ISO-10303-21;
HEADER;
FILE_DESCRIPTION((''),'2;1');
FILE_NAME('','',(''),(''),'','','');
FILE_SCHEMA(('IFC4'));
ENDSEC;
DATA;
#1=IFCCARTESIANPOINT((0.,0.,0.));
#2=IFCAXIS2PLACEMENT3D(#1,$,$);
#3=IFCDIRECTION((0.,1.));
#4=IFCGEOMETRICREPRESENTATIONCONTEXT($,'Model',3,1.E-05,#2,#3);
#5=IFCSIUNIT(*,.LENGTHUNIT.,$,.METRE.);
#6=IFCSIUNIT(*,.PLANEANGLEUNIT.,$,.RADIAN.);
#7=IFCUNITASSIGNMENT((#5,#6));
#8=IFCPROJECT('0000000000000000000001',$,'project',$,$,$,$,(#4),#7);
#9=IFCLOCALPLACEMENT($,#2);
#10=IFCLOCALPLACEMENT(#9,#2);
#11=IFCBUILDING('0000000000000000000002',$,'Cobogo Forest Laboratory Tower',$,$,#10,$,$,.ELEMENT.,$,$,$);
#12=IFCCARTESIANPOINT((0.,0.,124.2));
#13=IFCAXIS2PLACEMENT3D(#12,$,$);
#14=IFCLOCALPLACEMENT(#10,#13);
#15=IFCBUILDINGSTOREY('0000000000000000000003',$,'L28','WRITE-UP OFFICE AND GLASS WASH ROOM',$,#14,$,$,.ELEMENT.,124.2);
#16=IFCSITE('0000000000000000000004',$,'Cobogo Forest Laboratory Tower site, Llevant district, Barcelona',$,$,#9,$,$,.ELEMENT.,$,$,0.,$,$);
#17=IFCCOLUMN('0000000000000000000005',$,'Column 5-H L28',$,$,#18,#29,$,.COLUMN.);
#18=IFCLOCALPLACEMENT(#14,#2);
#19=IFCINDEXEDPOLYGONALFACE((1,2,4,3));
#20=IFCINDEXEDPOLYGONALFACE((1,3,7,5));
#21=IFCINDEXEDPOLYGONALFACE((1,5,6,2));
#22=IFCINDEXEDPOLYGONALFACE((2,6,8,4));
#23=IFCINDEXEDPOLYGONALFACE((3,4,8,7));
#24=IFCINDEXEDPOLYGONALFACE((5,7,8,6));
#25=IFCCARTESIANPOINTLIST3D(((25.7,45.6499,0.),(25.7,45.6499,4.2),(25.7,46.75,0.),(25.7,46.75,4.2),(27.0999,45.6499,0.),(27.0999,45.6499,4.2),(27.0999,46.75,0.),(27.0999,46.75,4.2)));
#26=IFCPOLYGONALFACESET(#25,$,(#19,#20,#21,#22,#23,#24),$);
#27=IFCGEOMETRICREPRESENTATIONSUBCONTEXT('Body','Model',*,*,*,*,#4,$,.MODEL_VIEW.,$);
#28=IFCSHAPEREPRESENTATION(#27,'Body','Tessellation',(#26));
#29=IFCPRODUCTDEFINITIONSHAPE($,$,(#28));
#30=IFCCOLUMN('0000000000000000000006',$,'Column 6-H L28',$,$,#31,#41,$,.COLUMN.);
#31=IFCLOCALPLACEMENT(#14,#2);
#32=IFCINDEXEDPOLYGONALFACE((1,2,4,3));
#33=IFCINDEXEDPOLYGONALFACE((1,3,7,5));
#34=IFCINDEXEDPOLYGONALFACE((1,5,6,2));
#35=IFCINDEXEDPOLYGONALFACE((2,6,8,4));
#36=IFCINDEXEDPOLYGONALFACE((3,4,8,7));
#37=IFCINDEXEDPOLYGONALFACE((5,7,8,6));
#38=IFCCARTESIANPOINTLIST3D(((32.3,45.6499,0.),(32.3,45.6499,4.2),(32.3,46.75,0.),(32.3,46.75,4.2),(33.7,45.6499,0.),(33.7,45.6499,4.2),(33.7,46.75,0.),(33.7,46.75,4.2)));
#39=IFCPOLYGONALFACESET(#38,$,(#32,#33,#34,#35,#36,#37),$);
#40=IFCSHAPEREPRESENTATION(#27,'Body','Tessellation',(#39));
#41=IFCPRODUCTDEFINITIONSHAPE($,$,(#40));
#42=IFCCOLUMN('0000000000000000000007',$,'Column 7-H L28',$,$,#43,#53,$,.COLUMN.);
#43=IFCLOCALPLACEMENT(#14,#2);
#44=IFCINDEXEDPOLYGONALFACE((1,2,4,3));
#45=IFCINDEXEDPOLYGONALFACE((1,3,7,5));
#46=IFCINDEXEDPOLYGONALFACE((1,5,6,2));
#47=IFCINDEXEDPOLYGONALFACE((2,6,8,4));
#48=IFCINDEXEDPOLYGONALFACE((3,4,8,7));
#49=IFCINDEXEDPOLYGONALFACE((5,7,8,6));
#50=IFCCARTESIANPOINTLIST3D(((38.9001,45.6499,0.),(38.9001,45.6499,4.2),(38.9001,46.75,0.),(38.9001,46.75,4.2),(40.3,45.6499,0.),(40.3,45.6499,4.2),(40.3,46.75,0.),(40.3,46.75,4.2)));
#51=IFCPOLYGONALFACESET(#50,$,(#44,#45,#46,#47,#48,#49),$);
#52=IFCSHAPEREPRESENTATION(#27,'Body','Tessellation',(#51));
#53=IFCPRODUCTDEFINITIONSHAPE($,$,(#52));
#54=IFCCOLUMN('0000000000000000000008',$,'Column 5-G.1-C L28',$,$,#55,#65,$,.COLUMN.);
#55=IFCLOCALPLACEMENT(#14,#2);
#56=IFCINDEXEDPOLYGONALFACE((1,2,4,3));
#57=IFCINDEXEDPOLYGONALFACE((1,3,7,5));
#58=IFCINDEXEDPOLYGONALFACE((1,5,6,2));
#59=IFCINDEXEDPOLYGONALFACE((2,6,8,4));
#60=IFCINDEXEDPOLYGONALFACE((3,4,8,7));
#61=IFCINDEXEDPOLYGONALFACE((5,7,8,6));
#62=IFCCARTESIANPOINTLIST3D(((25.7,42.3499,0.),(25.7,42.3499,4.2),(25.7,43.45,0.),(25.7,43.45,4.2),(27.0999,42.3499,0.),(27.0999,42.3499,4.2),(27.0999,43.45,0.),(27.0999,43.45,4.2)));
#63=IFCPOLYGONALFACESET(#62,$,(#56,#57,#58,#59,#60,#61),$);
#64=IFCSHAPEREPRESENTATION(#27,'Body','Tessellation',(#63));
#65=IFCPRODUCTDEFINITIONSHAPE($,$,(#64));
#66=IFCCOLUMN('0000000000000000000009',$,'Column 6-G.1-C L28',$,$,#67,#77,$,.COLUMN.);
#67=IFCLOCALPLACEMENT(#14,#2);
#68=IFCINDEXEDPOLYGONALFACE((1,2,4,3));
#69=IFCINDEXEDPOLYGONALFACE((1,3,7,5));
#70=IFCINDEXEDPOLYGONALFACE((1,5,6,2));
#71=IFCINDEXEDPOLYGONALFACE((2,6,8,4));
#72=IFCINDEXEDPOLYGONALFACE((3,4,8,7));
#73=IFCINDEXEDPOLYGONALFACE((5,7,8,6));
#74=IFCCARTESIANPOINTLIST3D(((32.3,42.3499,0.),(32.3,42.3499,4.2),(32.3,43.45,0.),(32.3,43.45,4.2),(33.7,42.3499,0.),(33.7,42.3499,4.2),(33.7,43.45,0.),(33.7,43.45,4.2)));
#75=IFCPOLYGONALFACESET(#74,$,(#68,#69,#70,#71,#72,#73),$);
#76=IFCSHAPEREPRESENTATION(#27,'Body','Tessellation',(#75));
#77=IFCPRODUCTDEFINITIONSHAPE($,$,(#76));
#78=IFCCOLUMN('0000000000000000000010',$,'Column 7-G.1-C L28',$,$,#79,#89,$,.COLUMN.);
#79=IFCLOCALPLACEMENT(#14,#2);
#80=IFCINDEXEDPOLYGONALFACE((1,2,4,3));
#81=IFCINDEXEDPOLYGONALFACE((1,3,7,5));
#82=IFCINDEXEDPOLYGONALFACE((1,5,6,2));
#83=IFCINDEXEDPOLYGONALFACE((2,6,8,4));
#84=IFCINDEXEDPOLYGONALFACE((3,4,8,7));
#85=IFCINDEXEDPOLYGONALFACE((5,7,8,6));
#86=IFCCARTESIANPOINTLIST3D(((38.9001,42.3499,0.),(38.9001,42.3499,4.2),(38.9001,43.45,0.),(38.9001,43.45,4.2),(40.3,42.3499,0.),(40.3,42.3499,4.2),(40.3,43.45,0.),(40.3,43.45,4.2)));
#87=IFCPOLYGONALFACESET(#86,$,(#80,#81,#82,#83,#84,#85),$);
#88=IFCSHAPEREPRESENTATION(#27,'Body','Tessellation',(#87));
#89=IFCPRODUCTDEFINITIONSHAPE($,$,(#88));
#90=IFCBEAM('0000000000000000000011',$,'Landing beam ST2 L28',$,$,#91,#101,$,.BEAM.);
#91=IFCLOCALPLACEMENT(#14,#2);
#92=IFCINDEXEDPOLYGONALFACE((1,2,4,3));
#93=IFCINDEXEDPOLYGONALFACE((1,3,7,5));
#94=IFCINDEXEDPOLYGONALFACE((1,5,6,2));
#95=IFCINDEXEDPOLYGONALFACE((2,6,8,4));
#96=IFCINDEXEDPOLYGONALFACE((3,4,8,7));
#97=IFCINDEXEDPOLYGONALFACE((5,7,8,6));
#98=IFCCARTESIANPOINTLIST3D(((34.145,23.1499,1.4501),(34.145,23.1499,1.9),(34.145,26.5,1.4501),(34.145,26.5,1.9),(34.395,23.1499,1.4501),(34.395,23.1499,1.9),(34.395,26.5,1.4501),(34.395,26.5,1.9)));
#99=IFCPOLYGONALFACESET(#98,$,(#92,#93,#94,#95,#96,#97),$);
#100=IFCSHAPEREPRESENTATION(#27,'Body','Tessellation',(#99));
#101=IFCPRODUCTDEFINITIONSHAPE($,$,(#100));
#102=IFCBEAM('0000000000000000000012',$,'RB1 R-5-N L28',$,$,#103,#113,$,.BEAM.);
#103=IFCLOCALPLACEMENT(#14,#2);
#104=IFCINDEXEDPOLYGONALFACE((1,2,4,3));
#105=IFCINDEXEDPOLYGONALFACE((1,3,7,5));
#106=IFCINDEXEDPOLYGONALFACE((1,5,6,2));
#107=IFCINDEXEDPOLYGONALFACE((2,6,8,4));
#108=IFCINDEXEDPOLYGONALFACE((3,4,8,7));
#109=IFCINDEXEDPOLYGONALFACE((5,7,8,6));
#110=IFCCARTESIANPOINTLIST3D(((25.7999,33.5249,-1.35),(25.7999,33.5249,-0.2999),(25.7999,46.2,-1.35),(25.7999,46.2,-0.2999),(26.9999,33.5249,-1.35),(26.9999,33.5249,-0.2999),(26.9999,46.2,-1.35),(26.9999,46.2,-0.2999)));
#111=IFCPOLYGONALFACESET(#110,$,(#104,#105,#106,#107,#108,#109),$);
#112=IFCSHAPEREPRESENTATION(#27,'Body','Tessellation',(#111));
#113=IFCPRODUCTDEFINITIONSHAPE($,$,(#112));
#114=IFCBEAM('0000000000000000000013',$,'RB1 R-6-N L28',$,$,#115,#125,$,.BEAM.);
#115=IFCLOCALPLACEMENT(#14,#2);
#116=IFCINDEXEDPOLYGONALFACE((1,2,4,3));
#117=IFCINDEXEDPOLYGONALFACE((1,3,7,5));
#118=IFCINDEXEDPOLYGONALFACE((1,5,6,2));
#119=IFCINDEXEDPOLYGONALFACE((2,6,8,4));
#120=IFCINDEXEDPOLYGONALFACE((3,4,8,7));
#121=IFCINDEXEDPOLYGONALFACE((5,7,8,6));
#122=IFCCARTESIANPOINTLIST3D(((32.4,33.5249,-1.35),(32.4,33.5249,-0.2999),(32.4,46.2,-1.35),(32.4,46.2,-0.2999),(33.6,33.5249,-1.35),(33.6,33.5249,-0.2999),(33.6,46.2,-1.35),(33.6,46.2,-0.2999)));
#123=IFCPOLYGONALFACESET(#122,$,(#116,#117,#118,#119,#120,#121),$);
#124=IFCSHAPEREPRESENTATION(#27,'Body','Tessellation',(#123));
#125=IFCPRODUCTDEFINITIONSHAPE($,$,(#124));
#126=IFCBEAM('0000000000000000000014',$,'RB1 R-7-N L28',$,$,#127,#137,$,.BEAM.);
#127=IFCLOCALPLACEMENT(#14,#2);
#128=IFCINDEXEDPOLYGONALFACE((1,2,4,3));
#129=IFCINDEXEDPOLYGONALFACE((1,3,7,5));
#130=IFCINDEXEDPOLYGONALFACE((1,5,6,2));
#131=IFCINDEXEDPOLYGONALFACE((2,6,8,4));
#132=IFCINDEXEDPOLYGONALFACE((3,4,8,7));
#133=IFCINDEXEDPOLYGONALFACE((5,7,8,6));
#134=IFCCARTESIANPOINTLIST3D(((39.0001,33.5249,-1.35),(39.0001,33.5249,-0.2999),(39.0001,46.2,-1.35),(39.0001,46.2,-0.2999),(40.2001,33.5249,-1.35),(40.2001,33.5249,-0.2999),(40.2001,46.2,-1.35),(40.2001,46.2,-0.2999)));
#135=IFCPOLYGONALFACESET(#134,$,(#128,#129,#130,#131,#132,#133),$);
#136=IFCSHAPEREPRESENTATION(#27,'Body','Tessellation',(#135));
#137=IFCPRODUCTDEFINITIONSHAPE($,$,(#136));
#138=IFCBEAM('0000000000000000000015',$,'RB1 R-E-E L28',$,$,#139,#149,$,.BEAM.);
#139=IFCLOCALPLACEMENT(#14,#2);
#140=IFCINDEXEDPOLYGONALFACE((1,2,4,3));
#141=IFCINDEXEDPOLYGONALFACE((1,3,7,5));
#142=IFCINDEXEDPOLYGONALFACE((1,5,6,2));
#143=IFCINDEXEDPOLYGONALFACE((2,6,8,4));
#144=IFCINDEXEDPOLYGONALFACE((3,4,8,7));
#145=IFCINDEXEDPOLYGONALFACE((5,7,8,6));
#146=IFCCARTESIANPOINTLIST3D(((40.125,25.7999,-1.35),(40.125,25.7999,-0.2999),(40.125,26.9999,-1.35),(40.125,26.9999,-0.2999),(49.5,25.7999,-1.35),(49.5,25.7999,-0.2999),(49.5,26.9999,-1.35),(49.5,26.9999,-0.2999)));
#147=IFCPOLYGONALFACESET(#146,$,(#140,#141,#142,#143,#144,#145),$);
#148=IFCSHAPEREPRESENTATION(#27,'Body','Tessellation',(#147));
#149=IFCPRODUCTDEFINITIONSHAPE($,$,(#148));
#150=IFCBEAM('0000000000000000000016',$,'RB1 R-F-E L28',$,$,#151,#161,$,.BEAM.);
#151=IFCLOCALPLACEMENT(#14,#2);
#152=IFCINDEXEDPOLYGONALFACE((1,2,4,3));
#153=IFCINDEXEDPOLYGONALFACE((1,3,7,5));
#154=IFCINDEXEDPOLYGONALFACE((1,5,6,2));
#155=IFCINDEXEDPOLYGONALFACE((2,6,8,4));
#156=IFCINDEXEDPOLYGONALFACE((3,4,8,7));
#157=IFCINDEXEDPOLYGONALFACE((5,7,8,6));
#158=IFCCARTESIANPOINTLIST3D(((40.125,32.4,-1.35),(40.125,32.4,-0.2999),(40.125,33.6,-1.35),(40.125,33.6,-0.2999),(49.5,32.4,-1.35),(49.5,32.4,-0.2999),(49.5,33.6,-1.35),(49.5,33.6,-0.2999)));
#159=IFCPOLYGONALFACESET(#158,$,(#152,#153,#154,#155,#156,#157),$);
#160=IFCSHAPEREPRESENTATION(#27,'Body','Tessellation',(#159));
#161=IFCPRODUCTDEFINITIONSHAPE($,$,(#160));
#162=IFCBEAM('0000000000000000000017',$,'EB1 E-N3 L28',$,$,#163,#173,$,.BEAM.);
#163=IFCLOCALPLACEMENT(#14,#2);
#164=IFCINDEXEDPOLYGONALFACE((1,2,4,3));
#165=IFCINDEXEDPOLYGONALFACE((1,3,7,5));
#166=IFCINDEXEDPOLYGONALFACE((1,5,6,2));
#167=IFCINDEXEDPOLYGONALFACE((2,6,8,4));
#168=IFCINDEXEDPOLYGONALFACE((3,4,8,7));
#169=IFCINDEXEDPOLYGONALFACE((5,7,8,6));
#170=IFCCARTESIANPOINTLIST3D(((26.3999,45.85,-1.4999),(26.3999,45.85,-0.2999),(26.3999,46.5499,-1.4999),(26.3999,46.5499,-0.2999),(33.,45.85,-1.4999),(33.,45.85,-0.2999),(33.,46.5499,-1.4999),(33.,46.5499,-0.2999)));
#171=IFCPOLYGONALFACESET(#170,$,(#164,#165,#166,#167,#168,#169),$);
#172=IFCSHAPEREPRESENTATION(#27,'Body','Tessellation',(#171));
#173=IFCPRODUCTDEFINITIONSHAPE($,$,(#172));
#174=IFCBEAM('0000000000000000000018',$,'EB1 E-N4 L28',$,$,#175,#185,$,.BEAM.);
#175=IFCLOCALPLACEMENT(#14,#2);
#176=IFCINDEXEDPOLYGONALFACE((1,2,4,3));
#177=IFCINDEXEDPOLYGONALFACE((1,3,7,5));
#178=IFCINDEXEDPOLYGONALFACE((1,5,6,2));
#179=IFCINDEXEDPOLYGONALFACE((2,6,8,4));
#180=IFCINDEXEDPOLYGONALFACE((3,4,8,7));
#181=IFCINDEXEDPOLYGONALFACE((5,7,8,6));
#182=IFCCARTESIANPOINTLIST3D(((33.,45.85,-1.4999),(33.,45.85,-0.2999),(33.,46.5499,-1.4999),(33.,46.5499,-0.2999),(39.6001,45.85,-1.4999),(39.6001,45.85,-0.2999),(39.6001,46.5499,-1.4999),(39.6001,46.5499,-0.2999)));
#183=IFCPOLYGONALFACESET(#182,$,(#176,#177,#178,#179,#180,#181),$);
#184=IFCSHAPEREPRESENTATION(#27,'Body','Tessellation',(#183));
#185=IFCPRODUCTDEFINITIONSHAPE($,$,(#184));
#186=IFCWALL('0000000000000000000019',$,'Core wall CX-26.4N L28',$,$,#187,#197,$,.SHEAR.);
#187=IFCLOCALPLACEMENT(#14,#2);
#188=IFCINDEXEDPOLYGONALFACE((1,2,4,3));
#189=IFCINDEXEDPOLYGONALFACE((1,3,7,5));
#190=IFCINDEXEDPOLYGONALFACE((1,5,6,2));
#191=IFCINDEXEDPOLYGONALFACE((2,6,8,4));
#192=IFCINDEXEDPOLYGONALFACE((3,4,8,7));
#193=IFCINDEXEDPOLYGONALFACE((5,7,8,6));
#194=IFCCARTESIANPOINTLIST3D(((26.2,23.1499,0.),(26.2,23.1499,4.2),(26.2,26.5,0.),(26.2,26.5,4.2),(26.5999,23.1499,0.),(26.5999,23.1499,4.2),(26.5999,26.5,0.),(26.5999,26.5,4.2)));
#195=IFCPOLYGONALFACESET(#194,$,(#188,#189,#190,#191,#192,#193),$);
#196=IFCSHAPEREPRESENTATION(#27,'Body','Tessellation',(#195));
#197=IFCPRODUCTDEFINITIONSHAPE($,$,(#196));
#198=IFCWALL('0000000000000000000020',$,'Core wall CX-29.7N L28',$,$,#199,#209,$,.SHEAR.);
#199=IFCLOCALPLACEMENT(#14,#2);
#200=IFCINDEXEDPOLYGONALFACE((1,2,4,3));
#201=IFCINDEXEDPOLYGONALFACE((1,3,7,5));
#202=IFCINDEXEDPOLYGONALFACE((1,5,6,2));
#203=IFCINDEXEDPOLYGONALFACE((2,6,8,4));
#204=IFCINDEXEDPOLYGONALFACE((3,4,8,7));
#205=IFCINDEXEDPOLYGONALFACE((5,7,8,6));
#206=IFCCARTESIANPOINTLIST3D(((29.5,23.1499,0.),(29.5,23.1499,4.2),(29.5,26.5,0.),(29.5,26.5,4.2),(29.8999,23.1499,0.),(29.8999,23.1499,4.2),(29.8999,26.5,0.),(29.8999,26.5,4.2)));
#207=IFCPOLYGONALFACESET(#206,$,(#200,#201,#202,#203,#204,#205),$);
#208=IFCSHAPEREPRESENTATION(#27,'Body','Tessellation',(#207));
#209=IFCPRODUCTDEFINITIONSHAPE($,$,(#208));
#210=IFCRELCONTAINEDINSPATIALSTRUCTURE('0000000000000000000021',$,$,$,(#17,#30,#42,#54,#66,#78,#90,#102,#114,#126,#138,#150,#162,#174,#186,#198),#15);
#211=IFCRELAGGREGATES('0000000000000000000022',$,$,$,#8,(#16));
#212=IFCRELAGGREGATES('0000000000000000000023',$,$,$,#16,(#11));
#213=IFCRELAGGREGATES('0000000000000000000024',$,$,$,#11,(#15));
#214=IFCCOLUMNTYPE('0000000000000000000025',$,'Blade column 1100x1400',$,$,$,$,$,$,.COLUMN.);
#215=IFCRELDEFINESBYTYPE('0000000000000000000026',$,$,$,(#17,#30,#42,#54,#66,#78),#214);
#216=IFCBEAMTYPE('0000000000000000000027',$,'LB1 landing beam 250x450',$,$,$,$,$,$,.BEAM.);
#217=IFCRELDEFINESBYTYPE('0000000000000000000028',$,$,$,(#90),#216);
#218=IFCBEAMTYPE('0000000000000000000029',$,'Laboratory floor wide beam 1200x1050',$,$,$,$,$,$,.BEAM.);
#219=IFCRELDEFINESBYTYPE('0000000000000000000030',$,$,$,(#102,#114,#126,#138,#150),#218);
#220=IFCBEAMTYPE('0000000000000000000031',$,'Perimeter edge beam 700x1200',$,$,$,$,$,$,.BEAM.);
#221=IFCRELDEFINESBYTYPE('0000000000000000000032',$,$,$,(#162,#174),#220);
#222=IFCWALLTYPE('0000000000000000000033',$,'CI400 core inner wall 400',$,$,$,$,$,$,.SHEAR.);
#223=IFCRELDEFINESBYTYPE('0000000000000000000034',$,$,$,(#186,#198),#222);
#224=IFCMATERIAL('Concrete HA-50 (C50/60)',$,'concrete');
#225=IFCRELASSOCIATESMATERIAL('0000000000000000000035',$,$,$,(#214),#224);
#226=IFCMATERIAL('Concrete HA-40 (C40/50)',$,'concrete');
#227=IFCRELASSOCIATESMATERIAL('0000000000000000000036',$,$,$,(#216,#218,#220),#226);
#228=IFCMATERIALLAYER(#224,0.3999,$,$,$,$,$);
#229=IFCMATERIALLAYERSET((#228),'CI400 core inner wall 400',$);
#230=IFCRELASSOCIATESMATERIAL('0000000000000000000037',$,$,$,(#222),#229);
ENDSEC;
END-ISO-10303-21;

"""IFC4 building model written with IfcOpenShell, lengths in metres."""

from ifc_helpers import new_model, si_unit, direction, frame, frame_2d, origin, origin_2d, place, context, subcontext, project, spatial, rectangle, extrude, material, layer, layer_set, material_profile, profile_set, type_object, element, save


model = new_model("IFC4")

# Units and contexts
model_context = context("Model", 3, precision=1e-05, world=origin(), true_north=direction((0.0, 1.0)))
body_context = subcontext(model_context, "Body", "Model", "MODEL_VIEW")
ifc_project = project(units=[si_unit("LENGTHUNIT", "METRE"), si_unit("PLANEANGLEUNIT", "RADIAN")], contexts=[model_context])

# Site, building, storey
site_placement = place(None, origin())
site = spatial("IfcSite", under=ifc_project, at=site_placement, Name="Cobogo Forest Laboratory Tower site, Llevant district, Barcelona", CompositionType="ELEMENT", RefElevation=0.0)
building_placement = place(site_placement, origin())
building = spatial("IfcBuilding", under=site, at=building_placement, Name="Cobogo Forest Laboratory Tower", CompositionType="ELEMENT")
storey_placement = place(building_placement, frame((0.0, 0.0, 124.2)))
storey = spatial("IfcBuildingStorey", under=building, at=storey_placement, Name="L28", Description="WRITE-UP OFFICE AND GLASS WASH ROOM", CompositionType="ELEMENT", Elevation=124.2)

# Columns
ifc_material_1 = material(Name="Concrete HA-50 (C50/60)", Category="concrete")
ifc_material_profile_1 = material_profile(ifc_material_1, rectangle(XDim=1.3999, YDim=1.1001, at=origin_2d()), Name="RC 1100x1400")
ifc_profile_set_1 = profile_set([ifc_material_profile_1], Name="Concrete HA-50 (C50/60)")
column_type = type_object("IfcColumnType", Name="Blade column 1100x1400", PredefinedType="COLUMN", material=ifc_profile_set_1)
for number, where, z_axis, x_axis, name in (
    (1, (26.3999, 46.2, 0.0), (0.0, 0.0, 1.0), (1.0, 0.0, 0.0), "Column 5-H L28"),
    (2, (33.0, 46.2, 0.0), (0.0, 0.0, 1.0), (1.0, 0.0, 0.0), "Column 6-H L28"),
    (3, (39.6001, 46.2, 0.0), (0.0, 0.0, 1.0), (1.0, 0.0, 0.0), "Column 7-H L28"),
    (4, (26.3999, 42.8999, 0.0), (0.0, 0.0, 1.0), (1.0, 0.0, 0.0), "Column 5-G.1-C L28"),
    (5, (33.0, 42.8999, 0.0), (0.0, 0.0, 1.0), (1.0, 0.0, 0.0), "Column 6-G.1-C L28"),
    (6, (39.6001, 42.8999, 0.0), (0.0, 0.0, 1.0), (1.0, 0.0, 0.0), "Column 7-G.1-C L28"),
):
    element("IfcColumn", number, at=place(storey_placement, frame(where, z_axis=z_axis, x_axis=x_axis)), inside=storey, type_object=column_type, Name=name, PredefinedType="COLUMN", context=body_context, shape_type="SweptSolid", body=[
        extrude(rectangle(XDim=1.3999, YDim=1.1001, at=origin_2d()), origin(), (0.0, 0.0, 1.0), 4.2),
    ])

# Beams
ifc_material_2 = material(Name="Concrete HA-40 (C40/50)", Category="concrete")
ifc_material_profile_2 = material_profile(ifc_material_2, rectangle(XDim=0.25, YDim=0.45, at=origin_2d()), Name="RC 250x450")
ifc_profile_set_2 = profile_set([ifc_material_profile_2], Name="Concrete HA-40 (C40/50)")
beam_type_1 = type_object("IfcBeamType", Name="LB1 landing beam 250x450", PredefinedType="BEAM", material=ifc_profile_set_2)
beam_placement = place(storey_placement, frame((34.27, 23.1499, 1.675), z_axis=(0.0, 1.0, 0.0), x_axis=(-1.0, 0.0, 0.0)))
element("IfcBeam", 7, at=beam_placement, inside=storey, type_object=beam_type_1, Name="Landing beam ST2 L28", PredefinedType="BEAM", context=body_context, shape_type="SweptSolid", body=[
    extrude(rectangle(XDim=0.25, YDim=0.45, at=origin_2d()), origin(), (0.0, 0.0, 1.0), 3.3501),
])
ifc_material_profile_3 = material_profile(ifc_material_2, rectangle(XDim=1.2, YDim=1.05, at=origin_2d()), Name="RC 1200x1050")
ifc_profile_set_3 = profile_set([ifc_material_profile_3], Name="Concrete HA-40 (C40/50)")
beam_type_2 = type_object("IfcBeamType", Name="Laboratory floor wide beam 1200x1050", PredefinedType="BEAM", material=ifc_profile_set_3)
for number, where, z_axis, x_axis, name in (
    (8, (26.3999, 33.5249, -0.825), (0.0, 1.0, 0.0), (-1.0, 0.0, 0.0), "RB1 R-5-N L28"),
    (9, (33.0, 33.5249, -0.825), (0.0, 1.0, 0.0), (-1.0, 0.0, 0.0), "RB1 R-6-N L28"),
    (10, (39.6001, 33.5249, -0.825), (0.0, 1.0, 0.0), (-1.0, 0.0, 0.0), "RB1 R-7-N L28"),
):
    element("IfcBeam", number, at=place(storey_placement, frame(where, z_axis=z_axis, x_axis=x_axis)), inside=storey, type_object=beam_type_2, Name=name, PredefinedType="BEAM", context=body_context, shape_type="SweptSolid", body=[
        extrude(rectangle(XDim=1.2, YDim=1.05, at=origin_2d()), origin(), (0.0, 0.0, 1.0), 12.675),
    ])
for number, where, z_axis, x_axis, name in (
    (11, (40.125, 26.3999, -0.825), (1.0, 0.0, 0.0), (0.0, 1.0, 0.0), "RB1 R-E-E L28"),
    (12, (40.125, 33.0, -0.825), (1.0, 0.0, 0.0), (0.0, 1.0, 0.0), "RB1 R-F-E L28"),
):
    element("IfcBeam", number, at=place(storey_placement, frame(where, z_axis=z_axis, x_axis=x_axis)), inside=storey, type_object=beam_type_2, Name=name, PredefinedType="BEAM", context=body_context, shape_type="SweptSolid", body=[
        extrude(rectangle(XDim=1.2, YDim=1.05, at=origin_2d()), origin(), (0.0, 0.0, 1.0), 9.375),
    ])
ifc_material_profile_4 = material_profile(ifc_material_2, rectangle(XDim=0.7, YDim=1.2, at=origin_2d()), Name="RC 700x1200")
ifc_profile_set_4 = profile_set([ifc_material_profile_4], Name="Concrete HA-40 (C40/50)")
beam_type_3 = type_object("IfcBeamType", Name="Perimeter edge beam 700x1200", PredefinedType="BEAM", material=ifc_profile_set_4)
for number, where, z_axis, x_axis, name in (
    (13, (26.3999, 46.2, -0.8999), (1.0, 0.0, 0.0), (0.0, 1.0, 0.0), "EB1 E-N3 L28"),
    (14, (33.0, 46.2, -0.8999), (1.0, 0.0, 0.0), (0.0, 1.0, 0.0), "EB1 E-N4 L28"),
):
    element("IfcBeam", number, at=place(storey_placement, frame(where, z_axis=z_axis, x_axis=x_axis)), inside=storey, type_object=beam_type_3, Name=name, PredefinedType="BEAM", context=body_context, shape_type="SweptSolid", body=[
        extrude(rectangle(XDim=0.7, YDim=1.2, at=origin_2d()), origin(), (0.0, 0.0, 1.0), 6.6001),
    ])

# Walls
ifc_layer_1 = layer(ifc_material_1, 0.3999)
ifc_layer_set_1 = layer_set([ifc_layer_1], Name="CI400 core inner wall 400")
wall_type_1 = type_object("IfcWallType", Name="CI400 core inner wall 400", PredefinedType="SHEAR", material=ifc_layer_set_1)
for number, where, z_axis, x_axis, name in (
    (15, (26.3999, 23.1499, 0.0), (0.0, 0.0, 1.0), (0.0, 1.0, 0.0), "Core wall CX-26.4N L28"),
    (16, (29.7, 23.1499, 0.0), (0.0, 0.0, 1.0), (0.0, 1.0, 0.0), "Core wall CX-29.7N L28"),
):
    element("IfcWall", number, at=place(storey_placement, frame(where, z_axis=z_axis, x_axis=x_axis)), inside=storey, type_object=wall_type_1, Name=name, PredefinedType="SHEAR", context=body_context, shape_type="SweptSolid", body=[
        extrude(rectangle(XDim=3.3501, YDim=0.3999, at=frame_2d((1.675, 0.0))), origin(), (0.0, 0.0, 1.0), 4.2),
    ])

save(model, "model.ifc")
